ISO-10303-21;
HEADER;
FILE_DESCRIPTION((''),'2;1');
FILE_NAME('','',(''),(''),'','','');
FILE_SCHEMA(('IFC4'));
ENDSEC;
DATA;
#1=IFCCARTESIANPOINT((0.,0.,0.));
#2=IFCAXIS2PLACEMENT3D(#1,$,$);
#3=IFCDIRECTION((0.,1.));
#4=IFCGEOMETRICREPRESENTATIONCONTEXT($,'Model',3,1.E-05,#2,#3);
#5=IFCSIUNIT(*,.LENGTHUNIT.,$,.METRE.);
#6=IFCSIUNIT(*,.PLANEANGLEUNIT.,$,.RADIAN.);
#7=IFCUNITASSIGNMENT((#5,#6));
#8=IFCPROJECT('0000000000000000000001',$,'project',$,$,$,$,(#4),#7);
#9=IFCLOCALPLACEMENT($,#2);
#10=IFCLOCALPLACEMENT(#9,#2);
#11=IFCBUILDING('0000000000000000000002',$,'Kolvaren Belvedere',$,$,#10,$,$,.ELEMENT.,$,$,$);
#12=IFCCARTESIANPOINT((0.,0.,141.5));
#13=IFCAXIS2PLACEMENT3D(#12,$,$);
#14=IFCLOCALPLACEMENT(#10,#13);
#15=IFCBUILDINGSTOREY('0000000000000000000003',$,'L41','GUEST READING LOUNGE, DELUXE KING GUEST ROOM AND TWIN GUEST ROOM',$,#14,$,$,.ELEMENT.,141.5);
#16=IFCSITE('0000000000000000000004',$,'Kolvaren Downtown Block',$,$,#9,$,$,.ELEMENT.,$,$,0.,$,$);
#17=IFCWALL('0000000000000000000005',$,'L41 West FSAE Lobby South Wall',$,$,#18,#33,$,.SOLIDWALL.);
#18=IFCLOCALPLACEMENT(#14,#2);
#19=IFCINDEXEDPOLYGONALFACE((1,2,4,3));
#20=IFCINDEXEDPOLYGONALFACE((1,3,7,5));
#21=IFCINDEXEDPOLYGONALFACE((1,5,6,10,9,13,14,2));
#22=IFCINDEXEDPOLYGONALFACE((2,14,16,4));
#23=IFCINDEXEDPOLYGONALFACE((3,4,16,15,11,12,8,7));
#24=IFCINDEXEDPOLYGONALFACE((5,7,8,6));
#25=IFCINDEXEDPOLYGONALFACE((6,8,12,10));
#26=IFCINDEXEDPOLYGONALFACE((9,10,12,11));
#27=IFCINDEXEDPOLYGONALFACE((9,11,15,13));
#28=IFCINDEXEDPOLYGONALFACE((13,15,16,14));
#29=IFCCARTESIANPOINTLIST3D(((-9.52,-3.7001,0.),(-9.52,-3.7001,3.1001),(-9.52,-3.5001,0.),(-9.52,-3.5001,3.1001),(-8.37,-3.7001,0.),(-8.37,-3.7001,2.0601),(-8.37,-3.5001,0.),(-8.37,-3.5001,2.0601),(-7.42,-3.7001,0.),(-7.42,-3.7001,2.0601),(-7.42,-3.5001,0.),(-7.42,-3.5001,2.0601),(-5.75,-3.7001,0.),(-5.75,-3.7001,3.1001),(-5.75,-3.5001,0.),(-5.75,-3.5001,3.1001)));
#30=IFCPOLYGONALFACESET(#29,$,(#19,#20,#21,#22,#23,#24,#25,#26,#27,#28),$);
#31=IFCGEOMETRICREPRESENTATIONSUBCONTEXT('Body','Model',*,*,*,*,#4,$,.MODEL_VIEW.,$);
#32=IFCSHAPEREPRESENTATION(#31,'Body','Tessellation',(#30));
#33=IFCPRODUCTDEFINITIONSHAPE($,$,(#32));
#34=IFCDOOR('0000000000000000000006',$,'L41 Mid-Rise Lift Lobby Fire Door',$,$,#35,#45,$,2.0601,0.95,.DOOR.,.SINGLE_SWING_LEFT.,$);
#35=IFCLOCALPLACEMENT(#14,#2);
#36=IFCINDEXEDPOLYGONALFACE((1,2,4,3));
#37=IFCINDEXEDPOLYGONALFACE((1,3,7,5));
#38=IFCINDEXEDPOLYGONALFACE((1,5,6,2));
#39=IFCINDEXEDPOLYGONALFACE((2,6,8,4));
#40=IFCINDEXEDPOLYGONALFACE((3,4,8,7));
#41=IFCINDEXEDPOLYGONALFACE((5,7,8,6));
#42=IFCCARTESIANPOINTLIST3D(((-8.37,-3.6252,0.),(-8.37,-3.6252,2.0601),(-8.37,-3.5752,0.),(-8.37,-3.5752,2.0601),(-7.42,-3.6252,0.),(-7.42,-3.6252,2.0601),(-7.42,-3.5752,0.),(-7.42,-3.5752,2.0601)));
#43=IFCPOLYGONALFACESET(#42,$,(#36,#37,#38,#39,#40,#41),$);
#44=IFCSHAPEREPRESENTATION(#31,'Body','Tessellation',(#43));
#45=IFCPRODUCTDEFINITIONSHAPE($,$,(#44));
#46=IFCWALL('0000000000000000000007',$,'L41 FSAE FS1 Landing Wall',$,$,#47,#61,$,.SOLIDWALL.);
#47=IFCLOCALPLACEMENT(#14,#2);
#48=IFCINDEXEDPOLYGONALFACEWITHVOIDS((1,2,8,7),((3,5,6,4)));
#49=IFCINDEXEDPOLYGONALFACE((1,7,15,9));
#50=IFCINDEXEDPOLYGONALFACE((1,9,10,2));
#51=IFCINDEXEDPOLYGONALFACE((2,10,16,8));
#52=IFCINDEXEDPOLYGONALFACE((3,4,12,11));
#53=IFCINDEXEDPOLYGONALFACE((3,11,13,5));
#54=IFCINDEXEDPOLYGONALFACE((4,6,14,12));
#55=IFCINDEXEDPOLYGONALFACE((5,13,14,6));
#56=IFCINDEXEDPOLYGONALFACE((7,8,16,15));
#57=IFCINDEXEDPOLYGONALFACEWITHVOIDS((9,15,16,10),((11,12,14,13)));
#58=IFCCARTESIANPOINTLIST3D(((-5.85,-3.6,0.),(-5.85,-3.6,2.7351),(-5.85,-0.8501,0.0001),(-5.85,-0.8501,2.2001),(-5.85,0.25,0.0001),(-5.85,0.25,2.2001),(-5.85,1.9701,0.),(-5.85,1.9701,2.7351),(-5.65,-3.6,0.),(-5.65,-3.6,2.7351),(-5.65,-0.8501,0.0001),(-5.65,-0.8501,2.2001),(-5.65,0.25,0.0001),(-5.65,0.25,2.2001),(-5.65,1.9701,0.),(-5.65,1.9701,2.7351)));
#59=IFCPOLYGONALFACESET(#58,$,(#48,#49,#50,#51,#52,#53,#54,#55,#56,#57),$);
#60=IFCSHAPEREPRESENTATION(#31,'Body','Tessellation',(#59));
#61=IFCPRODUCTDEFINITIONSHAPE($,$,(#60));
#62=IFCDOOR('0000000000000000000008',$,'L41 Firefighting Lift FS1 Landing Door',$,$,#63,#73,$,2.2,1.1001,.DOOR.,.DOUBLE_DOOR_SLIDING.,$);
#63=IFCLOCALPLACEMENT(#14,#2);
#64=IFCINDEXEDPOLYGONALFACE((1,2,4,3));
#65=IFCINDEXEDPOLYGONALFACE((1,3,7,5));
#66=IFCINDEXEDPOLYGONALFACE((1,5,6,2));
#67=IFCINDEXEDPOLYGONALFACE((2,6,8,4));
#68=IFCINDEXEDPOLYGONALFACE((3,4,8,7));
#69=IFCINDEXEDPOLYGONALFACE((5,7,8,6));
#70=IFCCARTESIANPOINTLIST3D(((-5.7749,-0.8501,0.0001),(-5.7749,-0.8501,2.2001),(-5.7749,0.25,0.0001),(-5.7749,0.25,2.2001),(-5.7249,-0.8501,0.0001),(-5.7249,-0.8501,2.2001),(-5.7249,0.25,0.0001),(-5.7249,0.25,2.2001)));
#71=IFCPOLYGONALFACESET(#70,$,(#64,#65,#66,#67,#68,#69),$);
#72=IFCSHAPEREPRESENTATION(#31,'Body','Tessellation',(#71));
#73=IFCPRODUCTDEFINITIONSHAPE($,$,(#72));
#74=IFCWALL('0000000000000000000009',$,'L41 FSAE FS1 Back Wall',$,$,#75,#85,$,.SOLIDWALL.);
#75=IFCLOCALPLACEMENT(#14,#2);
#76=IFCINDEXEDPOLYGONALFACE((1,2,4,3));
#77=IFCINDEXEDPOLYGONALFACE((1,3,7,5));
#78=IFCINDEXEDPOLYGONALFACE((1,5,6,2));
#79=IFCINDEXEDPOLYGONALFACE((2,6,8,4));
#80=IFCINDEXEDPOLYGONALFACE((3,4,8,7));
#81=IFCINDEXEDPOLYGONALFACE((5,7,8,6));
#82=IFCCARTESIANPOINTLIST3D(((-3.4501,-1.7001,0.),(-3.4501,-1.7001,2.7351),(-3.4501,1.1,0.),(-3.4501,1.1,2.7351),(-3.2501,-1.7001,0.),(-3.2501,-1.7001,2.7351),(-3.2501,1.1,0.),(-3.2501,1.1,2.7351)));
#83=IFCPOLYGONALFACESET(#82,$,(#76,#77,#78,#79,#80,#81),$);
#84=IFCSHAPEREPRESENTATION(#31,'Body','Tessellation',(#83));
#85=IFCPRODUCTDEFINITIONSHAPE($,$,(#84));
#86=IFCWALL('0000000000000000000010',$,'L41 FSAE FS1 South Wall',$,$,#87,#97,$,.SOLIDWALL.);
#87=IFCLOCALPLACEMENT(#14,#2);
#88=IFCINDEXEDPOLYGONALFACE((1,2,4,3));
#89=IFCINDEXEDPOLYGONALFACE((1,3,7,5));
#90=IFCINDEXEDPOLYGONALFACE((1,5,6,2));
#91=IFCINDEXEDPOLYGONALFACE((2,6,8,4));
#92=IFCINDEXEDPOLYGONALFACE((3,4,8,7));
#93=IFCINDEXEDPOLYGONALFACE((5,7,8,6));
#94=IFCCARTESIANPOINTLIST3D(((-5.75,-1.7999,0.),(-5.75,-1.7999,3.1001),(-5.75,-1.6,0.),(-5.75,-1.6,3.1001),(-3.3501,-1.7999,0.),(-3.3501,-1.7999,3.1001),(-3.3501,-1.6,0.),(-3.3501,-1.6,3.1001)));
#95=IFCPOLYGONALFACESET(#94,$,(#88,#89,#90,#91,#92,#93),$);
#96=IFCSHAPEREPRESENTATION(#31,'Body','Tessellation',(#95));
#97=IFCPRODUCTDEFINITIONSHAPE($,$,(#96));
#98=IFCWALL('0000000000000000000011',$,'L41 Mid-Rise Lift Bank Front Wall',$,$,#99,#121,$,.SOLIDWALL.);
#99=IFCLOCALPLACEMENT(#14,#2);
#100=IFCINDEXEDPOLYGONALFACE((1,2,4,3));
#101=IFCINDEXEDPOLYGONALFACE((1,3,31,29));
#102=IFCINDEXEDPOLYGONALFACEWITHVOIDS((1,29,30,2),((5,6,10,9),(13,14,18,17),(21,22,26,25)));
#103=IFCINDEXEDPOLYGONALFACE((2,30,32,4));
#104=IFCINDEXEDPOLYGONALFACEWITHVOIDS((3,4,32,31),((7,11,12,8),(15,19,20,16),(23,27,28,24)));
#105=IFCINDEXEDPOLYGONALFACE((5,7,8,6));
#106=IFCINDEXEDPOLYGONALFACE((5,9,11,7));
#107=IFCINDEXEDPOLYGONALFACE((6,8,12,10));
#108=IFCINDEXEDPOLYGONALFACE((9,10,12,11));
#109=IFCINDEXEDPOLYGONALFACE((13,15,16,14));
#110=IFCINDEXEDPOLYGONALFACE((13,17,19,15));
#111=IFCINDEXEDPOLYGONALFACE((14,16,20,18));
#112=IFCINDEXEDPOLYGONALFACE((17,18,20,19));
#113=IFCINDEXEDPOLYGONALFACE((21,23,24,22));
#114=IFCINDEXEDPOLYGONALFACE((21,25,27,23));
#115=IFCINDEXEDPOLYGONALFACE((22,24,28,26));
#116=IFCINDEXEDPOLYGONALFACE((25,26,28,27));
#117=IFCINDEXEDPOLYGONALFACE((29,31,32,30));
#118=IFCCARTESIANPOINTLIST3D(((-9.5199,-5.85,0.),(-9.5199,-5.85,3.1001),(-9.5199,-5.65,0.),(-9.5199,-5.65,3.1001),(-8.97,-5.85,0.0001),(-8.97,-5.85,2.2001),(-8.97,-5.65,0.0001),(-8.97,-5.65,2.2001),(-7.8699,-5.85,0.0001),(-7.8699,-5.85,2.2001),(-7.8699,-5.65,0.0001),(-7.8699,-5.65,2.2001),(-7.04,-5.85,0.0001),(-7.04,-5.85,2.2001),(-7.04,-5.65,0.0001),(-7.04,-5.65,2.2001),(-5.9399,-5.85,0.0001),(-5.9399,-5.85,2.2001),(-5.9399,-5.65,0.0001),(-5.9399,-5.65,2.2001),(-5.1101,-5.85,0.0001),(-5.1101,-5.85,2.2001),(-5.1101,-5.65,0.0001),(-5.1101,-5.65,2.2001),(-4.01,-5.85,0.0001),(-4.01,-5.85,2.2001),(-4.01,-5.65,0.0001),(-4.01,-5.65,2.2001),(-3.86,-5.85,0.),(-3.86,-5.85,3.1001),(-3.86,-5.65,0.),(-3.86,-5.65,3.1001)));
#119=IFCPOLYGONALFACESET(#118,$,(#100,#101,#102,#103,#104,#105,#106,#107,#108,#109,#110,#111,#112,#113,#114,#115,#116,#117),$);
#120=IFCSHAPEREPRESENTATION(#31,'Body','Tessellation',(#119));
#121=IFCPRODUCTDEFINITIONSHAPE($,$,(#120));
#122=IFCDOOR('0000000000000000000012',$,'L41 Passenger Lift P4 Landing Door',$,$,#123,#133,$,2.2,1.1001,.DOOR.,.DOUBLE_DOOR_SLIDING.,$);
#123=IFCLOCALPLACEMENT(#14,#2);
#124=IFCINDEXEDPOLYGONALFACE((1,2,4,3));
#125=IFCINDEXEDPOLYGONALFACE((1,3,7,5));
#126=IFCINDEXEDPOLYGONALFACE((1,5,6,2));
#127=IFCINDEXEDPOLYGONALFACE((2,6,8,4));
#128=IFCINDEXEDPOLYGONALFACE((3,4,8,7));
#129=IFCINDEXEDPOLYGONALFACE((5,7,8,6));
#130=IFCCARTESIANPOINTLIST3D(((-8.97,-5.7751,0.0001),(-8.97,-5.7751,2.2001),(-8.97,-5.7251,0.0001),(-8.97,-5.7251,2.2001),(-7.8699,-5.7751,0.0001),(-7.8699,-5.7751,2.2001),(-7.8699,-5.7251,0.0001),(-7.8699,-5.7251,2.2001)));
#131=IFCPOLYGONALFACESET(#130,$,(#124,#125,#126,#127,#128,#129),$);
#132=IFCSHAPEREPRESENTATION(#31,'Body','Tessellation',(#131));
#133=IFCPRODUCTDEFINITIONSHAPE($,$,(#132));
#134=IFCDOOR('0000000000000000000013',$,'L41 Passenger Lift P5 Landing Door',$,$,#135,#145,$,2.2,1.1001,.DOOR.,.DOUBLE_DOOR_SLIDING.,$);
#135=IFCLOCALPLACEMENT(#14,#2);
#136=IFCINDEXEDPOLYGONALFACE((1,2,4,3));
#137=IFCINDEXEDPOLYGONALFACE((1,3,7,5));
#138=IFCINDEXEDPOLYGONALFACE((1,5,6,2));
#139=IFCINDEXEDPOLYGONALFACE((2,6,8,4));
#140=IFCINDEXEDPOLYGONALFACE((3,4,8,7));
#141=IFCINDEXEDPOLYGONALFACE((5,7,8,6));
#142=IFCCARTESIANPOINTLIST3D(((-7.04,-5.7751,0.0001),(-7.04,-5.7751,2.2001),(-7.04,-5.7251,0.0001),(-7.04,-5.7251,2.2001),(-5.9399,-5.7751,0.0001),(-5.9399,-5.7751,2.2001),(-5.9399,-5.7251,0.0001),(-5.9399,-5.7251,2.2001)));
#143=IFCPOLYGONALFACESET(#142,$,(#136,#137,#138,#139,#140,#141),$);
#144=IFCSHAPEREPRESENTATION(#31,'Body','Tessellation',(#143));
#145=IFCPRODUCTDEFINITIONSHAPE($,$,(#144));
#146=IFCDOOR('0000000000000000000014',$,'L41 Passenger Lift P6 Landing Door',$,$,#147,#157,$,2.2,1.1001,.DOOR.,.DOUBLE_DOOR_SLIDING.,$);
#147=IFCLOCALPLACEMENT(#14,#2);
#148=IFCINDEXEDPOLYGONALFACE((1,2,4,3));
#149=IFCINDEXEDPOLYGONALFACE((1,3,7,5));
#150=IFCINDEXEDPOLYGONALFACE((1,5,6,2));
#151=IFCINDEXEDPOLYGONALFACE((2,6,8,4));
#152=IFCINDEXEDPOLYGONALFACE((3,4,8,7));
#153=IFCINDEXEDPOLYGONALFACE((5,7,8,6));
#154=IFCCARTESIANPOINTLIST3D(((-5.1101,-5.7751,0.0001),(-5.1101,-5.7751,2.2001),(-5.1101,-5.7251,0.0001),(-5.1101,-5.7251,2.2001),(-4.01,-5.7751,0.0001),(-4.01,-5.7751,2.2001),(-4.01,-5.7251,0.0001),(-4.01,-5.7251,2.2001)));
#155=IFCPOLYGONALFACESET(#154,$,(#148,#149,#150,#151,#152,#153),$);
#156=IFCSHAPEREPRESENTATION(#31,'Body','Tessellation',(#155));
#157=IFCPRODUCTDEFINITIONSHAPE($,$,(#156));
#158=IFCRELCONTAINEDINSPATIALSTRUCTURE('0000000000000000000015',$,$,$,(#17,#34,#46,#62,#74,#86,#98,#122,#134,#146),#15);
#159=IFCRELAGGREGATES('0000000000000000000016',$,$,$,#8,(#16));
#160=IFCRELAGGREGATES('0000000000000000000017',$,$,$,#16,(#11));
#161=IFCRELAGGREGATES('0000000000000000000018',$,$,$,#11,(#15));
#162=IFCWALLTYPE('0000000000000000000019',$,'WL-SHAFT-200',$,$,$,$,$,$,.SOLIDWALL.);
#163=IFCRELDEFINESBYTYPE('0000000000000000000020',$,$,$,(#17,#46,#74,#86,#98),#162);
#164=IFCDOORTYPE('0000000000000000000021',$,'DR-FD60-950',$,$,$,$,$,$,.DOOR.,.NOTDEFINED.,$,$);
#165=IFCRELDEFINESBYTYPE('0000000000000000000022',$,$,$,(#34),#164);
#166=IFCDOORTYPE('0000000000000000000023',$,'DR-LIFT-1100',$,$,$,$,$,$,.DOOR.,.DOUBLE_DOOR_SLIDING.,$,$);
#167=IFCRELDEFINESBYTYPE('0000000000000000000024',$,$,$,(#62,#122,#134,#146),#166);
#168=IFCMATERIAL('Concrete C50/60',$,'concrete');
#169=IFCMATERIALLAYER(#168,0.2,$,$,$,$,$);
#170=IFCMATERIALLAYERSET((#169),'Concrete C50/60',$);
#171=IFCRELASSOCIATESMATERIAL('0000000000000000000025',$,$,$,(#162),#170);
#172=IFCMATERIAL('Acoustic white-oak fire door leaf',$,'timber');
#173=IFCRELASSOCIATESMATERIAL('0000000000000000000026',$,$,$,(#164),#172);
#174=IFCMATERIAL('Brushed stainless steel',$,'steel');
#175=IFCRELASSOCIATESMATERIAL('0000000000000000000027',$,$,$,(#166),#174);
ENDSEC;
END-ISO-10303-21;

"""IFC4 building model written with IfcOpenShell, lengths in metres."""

from ifc_helpers import new_model, si_unit, direction, frame, frame_2d, origin, place, context, subcontext, project, spatial, rectangle, extrude, material, layer, layer_set, type_object, element, fill, save


model = new_model("IFC4")

# Units and contexts
model_context = context("Model", 3, precision=1e-05, world=origin(), true_north=direction((0.0, 1.0)))
body_context = subcontext(model_context, "Body", "Model", "MODEL_VIEW")
ifc_project = project(units=[si_unit("LENGTHUNIT", "METRE"), si_unit("PLANEANGLEUNIT", "RADIAN")], contexts=[model_context])

# Site, building, storey
site_placement = place(None, origin())
site = spatial("IfcSite", under=ifc_project, at=site_placement, Name="Kolvaren Downtown Block", CompositionType="ELEMENT", RefElevation=0.0)
building_placement = place(site_placement, origin())
building = spatial("IfcBuilding", under=site, at=building_placement, Name="Kolvaren Belvedere", CompositionType="ELEMENT")
storey_placement = place(building_placement, frame((0.0, 0.0, 141.5)))
storey = spatial("IfcBuildingStorey", under=building, at=storey_placement, Name="L41", Description="GUEST READING LOUNGE, DELUXE KING GUEST ROOM AND TWIN GUEST ROOM", CompositionType="ELEMENT", Elevation=141.5)

# Walls, openings, doors
ifc_material_1 = material(Name="Concrete C50/60", Category="concrete")
ifc_layer_1 = layer(ifc_material_1, 0.2)
ifc_layer_set_1 = layer_set([ifc_layer_1], Name="Concrete C50/60")
wall_type_1 = type_object("IfcWallType", Name="WL-SHAFT-200", PredefinedType="SOLIDWALL", material=ifc_layer_set_1)
wall_1_placement = place(storey_placement, frame((-9.52, -3.6001, 0.0), z_axis=(0.0, 0.0, 1.0), x_axis=(1.0, 0.0, 0.0)))
wall_1 = element("IfcWall", 1, at=wall_1_placement, inside=storey, type_object=wall_type_1, Name="L41 West FSAE Lobby South Wall", PredefinedType="SOLIDWALL", context=body_context, shape_type="SweptSolid", body=[
    extrude(rectangle(XDim=3.77, YDim=0.2, at=frame_2d((1.885, 0.0))), origin(), (0.0, 0.0, 1.0), 3.1001),
])
opening_1_placement = place(wall_1_placement, frame((1.1499, 0.0, 0.0)))
opening_1 = element("IfcOpeningElement", 2, at=opening_1_placement, cuts=wall_1, PredefinedType="OPENING", context=body_context, shape_type="SweptSolid", body=[
    extrude(rectangle(XDim=0.95, YDim=2.0601, at=frame_2d((0.4751, 1.03))), frame((0.0, 0.1099, 0.0), z_axis=(0.0, -1.0, 0.0), x_axis=(1.0, 0.0, 0.0)), (0.0, 0.0, 1.0), 0.22),
])
ifc_material_2 = material(Name="Acoustic white-oak fire door leaf", Category="timber")
door_type_1 = type_object("IfcDoorType", Name="DR-FD60-950", OperationType="NOTDEFINED", PredefinedType="DOOR", material=ifc_material_2)
door_1_placement = place(opening_1_placement, origin())
door_1 = element("IfcDoor", 3, at=door_1_placement, inside=storey, type_object=door_type_1, Name="L41 Mid-Rise Lift Lobby Fire Door", OperationType="SINGLE_SWING_LEFT", OverallHeight=2.0601, OverallWidth=0.95, PredefinedType="DOOR", context=body_context, shape_type="SweptSolid", body=[
    extrude(rectangle(XDim=0.95, YDim=2.0601, at=frame_2d((0.4751, 1.03))), frame((0.0, 0.0249, 0.0), z_axis=(0.0, -1.0, 0.0), x_axis=(1.0, 0.0, 0.0)), (0.0, 0.0, 1.0), 0.05),
])
fill(opening_1, door_1)
wall_2_placement = place(storey_placement, frame((-5.75, -3.6001, 0.0), z_axis=(0.0, 0.0, 1.0), x_axis=(0.0, 1.0, 0.0)))
wall_2 = element("IfcWall", 4, at=wall_2_placement, inside=storey, type_object=wall_type_1, Name="L41 FSAE FS1 Landing Wall", PredefinedType="SOLIDWALL", context=body_context, shape_type="SweptSolid", body=[
    extrude(rectangle(XDim=5.5701, YDim=0.2, at=frame_2d((2.7852, 0.0))), origin(), (0.0, 0.0, 1.0), 2.7351),
])
opening_2_placement = place(wall_2_placement, frame((2.75, 0.0, 0.0)))
opening_2 = element("IfcOpeningElement", 5, at=opening_2_placement, cuts=wall_2, PredefinedType="OPENING", context=body_context, shape_type="SweptSolid", body=[
    extrude(rectangle(XDim=1.1001, YDim=2.2, at=frame_2d((0.55, 1.1001))), frame((0.0, 0.1099, 0.0), z_axis=(0.0, -1.0, 0.0), x_axis=(1.0, 0.0, 0.0)), (0.0, 0.0, 1.0), 0.22),
])
ifc_material_3 = material(Name="Brushed stainless steel", Category="steel")
door_type_2 = type_object("IfcDoorType", Name="DR-LIFT-1100", OperationType="DOUBLE_DOOR_SLIDING", PredefinedType="DOOR", material=ifc_material_3)
door_2_placement = place(opening_2_placement, origin())
door_2 = element("IfcDoor", 6, at=door_2_placement, inside=storey, type_object=door_type_2, Name="L41 Firefighting Lift FS1 Landing Door", OperationType="DOUBLE_DOOR_SLIDING", OverallHeight=2.2, OverallWidth=1.1001, PredefinedType="DOOR", context=body_context, shape_type="SweptSolid", body=[
    extrude(rectangle(XDim=1.1001, YDim=2.2, at=frame_2d((0.55, 1.1001))), frame((0.0, 0.0249, 0.0), z_axis=(0.0, -1.0, 0.0), x_axis=(1.0, 0.0, 0.0)), (0.0, 0.0, 1.0), 0.05),
])
fill(opening_2, door_2)

# Walls
wall_3_placement = place(storey_placement, frame((-3.3501, -1.7, 0.0), z_axis=(0.0, 0.0, 1.0), x_axis=(0.0, 1.0, 0.0)))
element("IfcWall", 7, at=wall_3_placement, inside=storey, type_object=wall_type_1, Name="L41 FSAE FS1 Back Wall", PredefinedType="SOLIDWALL", context=body_context, shape_type="SweptSolid", body=[
    extrude(rectangle(XDim=2.8, YDim=0.2, at=frame_2d((1.3999, 0.0))), origin(), (0.0, 0.0, 1.0), 2.7351),
])
wall_4_placement = place(storey_placement, frame((-5.75, -1.7, 0.0), z_axis=(0.0, 0.0, 1.0), x_axis=(1.0, 0.0, 0.0)))
element("IfcWall", 8, at=wall_4_placement, inside=storey, type_object=wall_type_1, Name="L41 FSAE FS1 South Wall", PredefinedType="SOLIDWALL", context=body_context, shape_type="SweptSolid", body=[
    extrude(rectangle(XDim=2.3999, YDim=0.2, at=frame_2d((1.2, 0.0))), origin(), (0.0, 0.0, 1.0), 3.1001),
])

# Wall, openings, doors
wall_5_placement = place(storey_placement, frame((-9.52, -5.75, 0.0), z_axis=(0.0, 0.0, 1.0), x_axis=(1.0, 0.0, 0.0)))
wall_5 = element("IfcWall", 9, at=wall_5_placement, inside=storey, type_object=wall_type_1, Name="L41 Mid-Rise Lift Bank Front Wall", PredefinedType="SOLIDWALL", context=body_context, shape_type="SweptSolid", body=[
    extrude(rectangle(XDim=5.6599, YDim=0.2, at=frame_2d((2.8301, 0.0))), origin(), (0.0, 0.0, 1.0), 3.1001),
])
opening_3_placement = place(wall_5_placement, frame((0.55, 0.0, 0.0)))
opening_3 = element("IfcOpeningElement", 10, at=opening_3_placement, cuts=wall_5, PredefinedType="OPENING", context=body_context, shape_type="SweptSolid", body=[
    extrude(rectangle(XDim=1.1001, YDim=2.2, at=frame_2d((0.55, 1.1001))), frame((0.0, 0.1099, 0.0), z_axis=(0.0, -1.0, 0.0), x_axis=(1.0, 0.0, 0.0)), (0.0, 0.0, 1.0), 0.22),
])
opening_4_placement = place(wall_5_placement, frame((2.48, 0.0, 0.0)))
opening_4 = element("IfcOpeningElement", 11, at=opening_4_placement, cuts=wall_5, PredefinedType="OPENING", context=body_context, shape_type="SweptSolid", body=[
    extrude(rectangle(XDim=1.1001, YDim=2.2, at=frame_2d((0.55, 1.1001))), frame((0.0, 0.1099, 0.0), z_axis=(0.0, -1.0, 0.0), x_axis=(1.0, 0.0, 0.0)), (0.0, 0.0, 1.0), 0.22),
])
opening_5_placement = place(wall_5_placement, frame((4.4099, 0.0, 0.0)))
opening_5 = element("IfcOpeningElement", 12, at=opening_5_placement, cuts=wall_5, PredefinedType="OPENING", context=body_context, shape_type="SweptSolid", body=[
    extrude(rectangle(XDim=1.1001, YDim=2.2, at=frame_2d((0.55, 1.1001))), frame((0.0, 0.1099, 0.0), z_axis=(0.0, -1.0, 0.0), x_axis=(1.0, 0.0, 0.0)), (0.0, 0.0, 1.0), 0.22),
])
door_3_placement = place(opening_3_placement, origin())
door_3 = element("IfcDoor", 13, at=door_3_placement, inside=storey, type_object=door_type_2, Name="L41 Passenger Lift P4 Landing Door", OperationType="DOUBLE_DOOR_SLIDING", OverallHeight=2.2, OverallWidth=1.1001, PredefinedType="DOOR", context=body_context, shape_type="SweptSolid", body=[
    extrude(rectangle(XDim=1.1001, YDim=2.2, at=frame_2d((0.55, 1.1001))), frame((0.0, 0.0249, 0.0), z_axis=(0.0, -1.0, 0.0), x_axis=(1.0, 0.0, 0.0)), (0.0, 0.0, 1.0), 0.05),
])
fill(opening_3, door_3)
door_4_placement = place(opening_4_placement, origin())
door_4 = element("IfcDoor", 14, at=door_4_placement, inside=storey, type_object=door_type_2, Name="L41 Passenger Lift P5 Landing Door", OperationType="DOUBLE_DOOR_SLIDING", OverallHeight=2.2, OverallWidth=1.1001, PredefinedType="DOOR", context=body_context, shape_type="SweptSolid", body=[
    extrude(rectangle(XDim=1.1001, YDim=2.2, at=frame_2d((0.55, 1.1001))), frame((0.0, 0.0249, 0.0), z_axis=(0.0, -1.0, 0.0), x_axis=(1.0, 0.0, 0.0)), (0.0, 0.0, 1.0), 0.05),
])
fill(opening_4, door_4)
door_5_placement = place(opening_5_placement, origin())
door_5 = element("IfcDoor", 15, at=door_5_placement, inside=storey, type_object=door_type_2, Name="L41 Passenger Lift P6 Landing Door", OperationType="DOUBLE_DOOR_SLIDING", OverallHeight=2.2, OverallWidth=1.1001, PredefinedType="DOOR", context=body_context, shape_type="SweptSolid", body=[
    extrude(rectangle(XDim=1.1001, YDim=2.2, at=frame_2d((0.55, 1.1001))), frame((0.0, 0.0249, 0.0), z_axis=(0.0, -1.0, 0.0), x_axis=(1.0, 0.0, 0.0)), (0.0, 0.0, 1.0), 0.05),
])
fill(opening_5, door_5)

save(model, "model.ifc")
